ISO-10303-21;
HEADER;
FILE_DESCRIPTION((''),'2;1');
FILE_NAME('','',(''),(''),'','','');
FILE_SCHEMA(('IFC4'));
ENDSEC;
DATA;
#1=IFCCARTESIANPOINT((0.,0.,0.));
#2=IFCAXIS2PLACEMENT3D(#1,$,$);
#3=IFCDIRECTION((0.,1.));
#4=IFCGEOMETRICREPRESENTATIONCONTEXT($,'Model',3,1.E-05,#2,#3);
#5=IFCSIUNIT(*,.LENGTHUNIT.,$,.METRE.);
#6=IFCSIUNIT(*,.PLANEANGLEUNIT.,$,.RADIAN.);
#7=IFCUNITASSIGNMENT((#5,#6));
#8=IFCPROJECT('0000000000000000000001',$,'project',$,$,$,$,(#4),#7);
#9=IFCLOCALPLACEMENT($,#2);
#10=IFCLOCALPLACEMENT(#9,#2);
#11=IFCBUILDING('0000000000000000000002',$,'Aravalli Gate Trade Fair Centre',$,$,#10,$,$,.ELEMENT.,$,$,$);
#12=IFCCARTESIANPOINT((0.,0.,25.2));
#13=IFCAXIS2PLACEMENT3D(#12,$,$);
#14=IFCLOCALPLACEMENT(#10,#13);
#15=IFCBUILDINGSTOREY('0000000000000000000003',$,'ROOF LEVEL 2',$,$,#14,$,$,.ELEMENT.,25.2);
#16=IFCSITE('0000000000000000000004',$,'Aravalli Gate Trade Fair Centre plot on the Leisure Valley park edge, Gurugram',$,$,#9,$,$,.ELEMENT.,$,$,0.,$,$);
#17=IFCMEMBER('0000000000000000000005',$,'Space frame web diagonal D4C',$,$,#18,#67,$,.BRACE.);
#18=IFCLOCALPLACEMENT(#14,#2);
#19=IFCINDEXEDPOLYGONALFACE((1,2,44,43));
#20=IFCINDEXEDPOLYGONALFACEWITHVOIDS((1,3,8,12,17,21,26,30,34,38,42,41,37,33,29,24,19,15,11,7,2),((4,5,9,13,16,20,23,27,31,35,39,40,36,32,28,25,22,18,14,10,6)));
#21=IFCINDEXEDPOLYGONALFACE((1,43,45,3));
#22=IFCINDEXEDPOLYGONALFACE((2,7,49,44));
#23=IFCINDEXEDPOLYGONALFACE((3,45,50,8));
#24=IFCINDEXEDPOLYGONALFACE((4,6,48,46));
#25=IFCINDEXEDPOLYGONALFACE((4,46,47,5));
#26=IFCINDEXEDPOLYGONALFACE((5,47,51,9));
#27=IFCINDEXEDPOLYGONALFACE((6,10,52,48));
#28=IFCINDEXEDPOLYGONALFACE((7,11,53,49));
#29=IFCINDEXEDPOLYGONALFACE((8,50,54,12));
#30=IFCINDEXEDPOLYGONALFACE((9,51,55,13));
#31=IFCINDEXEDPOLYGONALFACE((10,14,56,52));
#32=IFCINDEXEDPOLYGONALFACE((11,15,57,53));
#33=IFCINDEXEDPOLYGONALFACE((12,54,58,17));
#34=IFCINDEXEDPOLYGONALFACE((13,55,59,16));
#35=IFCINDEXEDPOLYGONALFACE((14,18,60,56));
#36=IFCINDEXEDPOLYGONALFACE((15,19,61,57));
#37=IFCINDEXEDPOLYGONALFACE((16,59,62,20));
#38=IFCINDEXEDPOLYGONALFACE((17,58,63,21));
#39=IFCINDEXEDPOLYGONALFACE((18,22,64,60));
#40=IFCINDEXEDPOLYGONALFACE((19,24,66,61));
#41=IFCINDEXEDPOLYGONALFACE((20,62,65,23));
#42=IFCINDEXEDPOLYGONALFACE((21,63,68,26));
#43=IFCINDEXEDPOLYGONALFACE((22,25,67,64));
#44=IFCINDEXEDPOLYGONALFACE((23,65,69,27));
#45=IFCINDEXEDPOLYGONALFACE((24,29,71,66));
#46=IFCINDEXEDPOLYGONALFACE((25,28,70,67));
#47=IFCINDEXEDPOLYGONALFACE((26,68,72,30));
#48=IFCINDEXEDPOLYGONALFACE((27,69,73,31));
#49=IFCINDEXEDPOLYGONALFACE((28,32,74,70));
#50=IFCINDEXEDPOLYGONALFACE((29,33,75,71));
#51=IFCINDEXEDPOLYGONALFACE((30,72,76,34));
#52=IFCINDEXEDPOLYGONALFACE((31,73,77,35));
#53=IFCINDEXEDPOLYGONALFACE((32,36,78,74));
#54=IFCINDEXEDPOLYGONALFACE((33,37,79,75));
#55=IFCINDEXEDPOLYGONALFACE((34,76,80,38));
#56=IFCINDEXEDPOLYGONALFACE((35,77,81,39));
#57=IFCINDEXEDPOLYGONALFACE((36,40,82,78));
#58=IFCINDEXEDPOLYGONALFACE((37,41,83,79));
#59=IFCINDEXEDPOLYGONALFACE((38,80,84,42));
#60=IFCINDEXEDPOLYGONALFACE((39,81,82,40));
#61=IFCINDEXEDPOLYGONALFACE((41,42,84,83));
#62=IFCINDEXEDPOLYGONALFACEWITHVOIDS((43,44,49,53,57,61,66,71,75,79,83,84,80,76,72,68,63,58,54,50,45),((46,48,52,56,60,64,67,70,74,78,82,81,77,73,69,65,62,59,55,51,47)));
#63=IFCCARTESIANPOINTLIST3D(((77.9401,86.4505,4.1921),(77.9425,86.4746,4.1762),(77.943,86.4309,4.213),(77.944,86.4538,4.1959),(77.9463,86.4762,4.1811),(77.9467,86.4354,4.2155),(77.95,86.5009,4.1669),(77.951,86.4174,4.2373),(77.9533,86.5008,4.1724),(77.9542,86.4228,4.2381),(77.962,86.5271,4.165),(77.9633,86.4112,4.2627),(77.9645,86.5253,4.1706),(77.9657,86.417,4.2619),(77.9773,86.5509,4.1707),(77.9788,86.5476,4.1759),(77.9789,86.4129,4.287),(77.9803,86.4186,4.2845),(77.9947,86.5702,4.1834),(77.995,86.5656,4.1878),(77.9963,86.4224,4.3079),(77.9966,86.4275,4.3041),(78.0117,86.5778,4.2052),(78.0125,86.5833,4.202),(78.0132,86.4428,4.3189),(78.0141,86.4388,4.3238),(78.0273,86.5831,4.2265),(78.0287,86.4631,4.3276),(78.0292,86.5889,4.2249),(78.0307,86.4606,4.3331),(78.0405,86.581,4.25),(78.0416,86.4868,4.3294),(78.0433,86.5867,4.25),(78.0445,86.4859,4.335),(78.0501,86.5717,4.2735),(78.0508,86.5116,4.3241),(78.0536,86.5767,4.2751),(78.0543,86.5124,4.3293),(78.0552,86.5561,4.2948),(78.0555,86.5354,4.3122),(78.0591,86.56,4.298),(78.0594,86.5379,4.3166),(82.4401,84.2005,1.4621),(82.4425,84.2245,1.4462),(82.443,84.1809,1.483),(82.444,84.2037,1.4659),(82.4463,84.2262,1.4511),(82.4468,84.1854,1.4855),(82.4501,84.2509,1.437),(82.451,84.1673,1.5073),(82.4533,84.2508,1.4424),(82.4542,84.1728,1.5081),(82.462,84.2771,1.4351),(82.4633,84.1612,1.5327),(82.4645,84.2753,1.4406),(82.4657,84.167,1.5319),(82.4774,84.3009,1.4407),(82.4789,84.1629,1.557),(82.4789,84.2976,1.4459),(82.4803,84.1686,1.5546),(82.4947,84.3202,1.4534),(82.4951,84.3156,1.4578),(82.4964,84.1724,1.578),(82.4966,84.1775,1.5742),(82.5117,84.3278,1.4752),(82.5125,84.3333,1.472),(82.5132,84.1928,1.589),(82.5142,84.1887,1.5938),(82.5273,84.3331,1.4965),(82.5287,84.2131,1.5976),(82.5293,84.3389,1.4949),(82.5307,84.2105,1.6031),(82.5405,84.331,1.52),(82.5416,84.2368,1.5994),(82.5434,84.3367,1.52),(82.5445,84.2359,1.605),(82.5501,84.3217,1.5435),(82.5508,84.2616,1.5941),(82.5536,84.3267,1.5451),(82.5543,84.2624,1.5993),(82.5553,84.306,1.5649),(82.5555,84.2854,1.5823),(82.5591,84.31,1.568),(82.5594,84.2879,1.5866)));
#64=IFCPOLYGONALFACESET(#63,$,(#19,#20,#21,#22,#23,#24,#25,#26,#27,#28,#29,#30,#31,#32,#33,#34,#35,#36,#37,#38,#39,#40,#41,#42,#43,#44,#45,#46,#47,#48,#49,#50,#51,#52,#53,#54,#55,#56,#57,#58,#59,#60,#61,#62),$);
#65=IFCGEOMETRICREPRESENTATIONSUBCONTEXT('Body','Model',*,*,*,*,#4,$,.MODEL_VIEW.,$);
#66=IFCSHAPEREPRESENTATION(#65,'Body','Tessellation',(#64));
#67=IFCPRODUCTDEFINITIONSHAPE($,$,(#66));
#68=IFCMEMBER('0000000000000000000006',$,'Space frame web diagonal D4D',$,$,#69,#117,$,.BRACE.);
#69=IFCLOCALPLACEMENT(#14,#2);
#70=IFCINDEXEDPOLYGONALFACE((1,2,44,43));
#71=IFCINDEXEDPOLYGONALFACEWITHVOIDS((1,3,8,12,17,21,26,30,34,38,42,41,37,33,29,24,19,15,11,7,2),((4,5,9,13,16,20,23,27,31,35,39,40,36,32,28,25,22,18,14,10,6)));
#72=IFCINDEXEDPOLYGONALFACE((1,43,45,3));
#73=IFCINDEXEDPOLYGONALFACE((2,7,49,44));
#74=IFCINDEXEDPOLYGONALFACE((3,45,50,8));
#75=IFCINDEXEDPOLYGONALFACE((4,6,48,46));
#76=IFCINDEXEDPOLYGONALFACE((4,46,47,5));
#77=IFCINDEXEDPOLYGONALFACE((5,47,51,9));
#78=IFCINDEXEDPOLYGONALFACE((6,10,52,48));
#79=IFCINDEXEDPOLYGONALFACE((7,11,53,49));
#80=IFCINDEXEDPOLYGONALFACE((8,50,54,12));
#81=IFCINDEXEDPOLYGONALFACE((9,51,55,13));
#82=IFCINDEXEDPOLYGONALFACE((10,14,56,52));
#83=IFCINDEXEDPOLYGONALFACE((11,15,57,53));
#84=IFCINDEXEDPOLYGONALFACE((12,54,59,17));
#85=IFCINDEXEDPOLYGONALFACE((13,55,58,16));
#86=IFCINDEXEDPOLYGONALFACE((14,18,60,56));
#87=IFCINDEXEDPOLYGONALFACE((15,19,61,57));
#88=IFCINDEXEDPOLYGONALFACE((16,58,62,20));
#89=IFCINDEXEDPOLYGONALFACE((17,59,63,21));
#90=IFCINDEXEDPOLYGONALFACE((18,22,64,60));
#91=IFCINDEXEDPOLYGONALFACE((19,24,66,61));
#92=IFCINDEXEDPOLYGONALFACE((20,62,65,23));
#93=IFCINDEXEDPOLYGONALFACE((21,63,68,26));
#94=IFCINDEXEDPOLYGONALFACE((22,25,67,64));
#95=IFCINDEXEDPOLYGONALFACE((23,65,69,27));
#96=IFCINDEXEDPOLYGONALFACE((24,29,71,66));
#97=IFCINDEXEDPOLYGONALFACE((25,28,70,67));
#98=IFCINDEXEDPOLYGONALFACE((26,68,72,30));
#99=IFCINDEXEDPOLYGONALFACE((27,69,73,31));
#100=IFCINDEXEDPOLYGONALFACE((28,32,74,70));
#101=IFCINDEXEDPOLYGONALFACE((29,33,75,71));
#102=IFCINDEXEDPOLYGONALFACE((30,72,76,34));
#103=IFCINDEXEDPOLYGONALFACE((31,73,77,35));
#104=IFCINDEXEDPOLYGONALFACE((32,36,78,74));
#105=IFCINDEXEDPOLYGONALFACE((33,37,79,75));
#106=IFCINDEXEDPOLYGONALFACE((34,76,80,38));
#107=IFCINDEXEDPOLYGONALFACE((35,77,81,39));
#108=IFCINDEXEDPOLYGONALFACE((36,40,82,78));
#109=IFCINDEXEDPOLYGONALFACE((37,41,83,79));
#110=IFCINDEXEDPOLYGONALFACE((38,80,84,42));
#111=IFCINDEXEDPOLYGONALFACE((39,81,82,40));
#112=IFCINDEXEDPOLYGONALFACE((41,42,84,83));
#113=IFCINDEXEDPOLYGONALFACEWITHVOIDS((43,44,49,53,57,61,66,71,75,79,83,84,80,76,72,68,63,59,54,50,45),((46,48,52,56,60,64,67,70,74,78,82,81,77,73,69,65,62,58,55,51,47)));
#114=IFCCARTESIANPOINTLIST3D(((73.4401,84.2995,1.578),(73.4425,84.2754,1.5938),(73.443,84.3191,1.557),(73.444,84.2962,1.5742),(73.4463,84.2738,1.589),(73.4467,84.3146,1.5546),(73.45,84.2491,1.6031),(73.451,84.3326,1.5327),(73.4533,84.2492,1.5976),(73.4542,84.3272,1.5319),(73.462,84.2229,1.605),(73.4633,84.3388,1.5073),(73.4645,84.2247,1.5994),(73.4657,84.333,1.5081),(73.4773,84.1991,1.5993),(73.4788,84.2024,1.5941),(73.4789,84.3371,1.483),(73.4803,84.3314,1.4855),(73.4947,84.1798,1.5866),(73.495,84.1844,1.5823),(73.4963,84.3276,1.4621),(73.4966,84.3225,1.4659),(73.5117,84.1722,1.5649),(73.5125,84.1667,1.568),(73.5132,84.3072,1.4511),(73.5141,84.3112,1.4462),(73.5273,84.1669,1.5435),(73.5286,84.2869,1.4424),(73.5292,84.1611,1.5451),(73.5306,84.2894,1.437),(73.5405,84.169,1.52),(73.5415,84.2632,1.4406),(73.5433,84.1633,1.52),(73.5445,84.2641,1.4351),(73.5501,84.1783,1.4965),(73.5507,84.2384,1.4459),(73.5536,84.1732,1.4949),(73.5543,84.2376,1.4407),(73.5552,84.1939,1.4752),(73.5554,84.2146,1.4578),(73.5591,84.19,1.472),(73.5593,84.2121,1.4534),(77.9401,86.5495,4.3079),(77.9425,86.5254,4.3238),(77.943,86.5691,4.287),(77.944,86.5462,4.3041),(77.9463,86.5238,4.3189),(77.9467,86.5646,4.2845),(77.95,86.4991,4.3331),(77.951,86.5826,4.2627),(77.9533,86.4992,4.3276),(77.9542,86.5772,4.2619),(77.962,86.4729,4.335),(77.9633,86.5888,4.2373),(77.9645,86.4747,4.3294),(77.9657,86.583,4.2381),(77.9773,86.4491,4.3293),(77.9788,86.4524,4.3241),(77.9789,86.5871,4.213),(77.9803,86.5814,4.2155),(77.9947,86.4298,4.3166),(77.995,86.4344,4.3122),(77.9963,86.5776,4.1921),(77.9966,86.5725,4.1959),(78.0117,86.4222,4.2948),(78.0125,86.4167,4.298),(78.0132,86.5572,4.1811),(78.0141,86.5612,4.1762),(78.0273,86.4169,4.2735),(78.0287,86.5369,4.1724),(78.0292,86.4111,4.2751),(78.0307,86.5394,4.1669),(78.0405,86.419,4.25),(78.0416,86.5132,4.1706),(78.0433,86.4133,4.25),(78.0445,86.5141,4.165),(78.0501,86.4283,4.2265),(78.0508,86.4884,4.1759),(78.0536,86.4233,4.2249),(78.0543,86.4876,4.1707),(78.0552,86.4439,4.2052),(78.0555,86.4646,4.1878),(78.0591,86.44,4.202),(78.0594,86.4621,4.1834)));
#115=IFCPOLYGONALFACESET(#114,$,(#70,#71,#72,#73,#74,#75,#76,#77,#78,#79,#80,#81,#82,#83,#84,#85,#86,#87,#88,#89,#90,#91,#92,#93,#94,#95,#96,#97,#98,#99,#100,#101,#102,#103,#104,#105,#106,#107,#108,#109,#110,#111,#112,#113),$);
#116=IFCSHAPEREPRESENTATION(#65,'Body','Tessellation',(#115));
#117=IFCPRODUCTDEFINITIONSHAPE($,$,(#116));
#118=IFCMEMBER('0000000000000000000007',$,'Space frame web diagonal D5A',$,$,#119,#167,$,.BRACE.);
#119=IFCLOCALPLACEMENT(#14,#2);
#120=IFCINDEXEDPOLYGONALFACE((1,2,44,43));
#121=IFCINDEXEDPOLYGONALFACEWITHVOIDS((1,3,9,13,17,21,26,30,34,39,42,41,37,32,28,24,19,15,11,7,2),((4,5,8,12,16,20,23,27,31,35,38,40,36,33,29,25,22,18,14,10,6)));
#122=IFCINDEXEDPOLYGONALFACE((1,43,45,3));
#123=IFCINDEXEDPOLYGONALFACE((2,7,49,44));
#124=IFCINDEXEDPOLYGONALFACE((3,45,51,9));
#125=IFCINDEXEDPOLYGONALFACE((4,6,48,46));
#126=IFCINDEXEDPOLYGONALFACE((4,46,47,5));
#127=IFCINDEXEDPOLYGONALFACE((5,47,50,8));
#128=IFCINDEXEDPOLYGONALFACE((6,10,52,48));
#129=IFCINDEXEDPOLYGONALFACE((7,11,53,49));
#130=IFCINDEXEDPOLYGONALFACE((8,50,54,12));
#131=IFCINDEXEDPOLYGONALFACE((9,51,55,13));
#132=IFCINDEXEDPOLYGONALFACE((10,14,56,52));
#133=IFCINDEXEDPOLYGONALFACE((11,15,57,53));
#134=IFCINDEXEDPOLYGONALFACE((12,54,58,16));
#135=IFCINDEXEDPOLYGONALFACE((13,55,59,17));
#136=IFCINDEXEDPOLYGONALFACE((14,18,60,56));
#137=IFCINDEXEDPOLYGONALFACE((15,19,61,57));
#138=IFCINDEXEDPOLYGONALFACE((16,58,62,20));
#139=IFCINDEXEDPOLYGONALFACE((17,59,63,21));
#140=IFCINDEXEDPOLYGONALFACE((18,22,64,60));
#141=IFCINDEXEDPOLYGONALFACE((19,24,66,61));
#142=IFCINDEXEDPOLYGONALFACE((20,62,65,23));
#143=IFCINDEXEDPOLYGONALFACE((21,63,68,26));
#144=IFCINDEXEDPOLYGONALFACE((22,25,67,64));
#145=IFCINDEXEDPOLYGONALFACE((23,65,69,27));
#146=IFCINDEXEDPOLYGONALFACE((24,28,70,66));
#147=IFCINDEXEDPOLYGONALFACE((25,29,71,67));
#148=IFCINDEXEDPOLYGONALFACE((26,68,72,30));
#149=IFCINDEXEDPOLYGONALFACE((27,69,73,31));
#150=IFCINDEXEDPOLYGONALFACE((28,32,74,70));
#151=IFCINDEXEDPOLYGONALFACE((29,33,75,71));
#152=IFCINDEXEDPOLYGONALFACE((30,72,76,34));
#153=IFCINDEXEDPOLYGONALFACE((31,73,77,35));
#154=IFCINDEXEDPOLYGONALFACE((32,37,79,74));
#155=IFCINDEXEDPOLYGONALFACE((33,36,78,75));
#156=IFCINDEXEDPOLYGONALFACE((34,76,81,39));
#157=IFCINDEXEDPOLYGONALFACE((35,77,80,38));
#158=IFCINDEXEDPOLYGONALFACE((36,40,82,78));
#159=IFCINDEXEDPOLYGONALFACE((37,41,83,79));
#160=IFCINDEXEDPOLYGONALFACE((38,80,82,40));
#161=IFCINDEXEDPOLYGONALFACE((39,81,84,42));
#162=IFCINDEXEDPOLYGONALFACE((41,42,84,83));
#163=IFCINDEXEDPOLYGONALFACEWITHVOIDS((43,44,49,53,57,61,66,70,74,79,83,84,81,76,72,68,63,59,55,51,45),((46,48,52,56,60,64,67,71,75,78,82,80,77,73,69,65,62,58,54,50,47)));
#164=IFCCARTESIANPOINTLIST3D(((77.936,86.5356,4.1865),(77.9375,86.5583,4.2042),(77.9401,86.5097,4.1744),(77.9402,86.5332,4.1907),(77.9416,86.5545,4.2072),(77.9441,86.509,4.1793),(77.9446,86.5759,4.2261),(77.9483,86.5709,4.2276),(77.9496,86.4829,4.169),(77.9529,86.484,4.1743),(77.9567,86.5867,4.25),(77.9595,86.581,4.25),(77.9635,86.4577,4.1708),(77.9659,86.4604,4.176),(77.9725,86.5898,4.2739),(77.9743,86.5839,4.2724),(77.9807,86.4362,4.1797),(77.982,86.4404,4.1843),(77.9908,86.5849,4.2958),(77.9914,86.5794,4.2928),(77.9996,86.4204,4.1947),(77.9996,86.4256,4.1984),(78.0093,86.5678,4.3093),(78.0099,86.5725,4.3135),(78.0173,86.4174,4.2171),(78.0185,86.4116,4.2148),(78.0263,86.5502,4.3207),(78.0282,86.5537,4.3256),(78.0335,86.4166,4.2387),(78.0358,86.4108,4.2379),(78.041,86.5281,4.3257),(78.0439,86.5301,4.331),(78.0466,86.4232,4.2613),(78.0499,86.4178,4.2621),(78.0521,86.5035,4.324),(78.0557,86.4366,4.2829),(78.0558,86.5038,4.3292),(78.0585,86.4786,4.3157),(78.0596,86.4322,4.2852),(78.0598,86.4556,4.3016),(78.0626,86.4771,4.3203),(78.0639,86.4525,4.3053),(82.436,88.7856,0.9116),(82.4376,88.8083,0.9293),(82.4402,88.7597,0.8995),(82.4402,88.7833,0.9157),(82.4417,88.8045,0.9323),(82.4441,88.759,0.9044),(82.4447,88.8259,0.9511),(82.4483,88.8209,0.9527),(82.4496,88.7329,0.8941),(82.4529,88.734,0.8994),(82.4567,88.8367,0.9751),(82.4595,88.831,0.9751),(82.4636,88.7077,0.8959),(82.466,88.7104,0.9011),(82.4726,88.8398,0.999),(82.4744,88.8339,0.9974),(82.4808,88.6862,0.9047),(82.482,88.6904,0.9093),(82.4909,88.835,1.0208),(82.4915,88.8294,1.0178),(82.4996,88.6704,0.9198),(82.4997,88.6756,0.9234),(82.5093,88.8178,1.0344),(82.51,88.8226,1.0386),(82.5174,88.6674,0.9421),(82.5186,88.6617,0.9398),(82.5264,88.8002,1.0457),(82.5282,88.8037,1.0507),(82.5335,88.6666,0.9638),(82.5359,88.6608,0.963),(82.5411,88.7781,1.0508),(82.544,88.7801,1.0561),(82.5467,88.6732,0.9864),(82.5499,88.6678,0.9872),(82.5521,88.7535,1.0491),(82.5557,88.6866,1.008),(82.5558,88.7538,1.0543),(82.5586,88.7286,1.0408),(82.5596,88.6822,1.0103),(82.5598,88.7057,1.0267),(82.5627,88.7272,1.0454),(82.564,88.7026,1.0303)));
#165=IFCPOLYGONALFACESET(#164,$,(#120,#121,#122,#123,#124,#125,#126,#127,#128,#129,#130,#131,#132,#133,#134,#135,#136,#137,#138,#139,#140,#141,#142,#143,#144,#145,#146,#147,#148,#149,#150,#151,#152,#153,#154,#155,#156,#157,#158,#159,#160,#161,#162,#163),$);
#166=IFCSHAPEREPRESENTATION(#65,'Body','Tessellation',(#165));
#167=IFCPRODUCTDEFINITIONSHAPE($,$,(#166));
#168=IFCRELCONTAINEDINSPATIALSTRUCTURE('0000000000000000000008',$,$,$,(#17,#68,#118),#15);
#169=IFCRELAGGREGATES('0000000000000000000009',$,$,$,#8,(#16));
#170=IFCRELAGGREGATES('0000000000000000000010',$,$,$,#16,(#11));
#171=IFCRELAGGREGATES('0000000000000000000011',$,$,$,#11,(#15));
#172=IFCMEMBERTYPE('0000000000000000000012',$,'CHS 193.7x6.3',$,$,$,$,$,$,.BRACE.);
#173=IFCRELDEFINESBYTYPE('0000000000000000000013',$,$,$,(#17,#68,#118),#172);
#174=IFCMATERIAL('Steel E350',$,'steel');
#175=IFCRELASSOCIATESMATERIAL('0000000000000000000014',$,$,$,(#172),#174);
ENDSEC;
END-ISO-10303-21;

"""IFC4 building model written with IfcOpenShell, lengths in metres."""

from ifc_helpers import new_model, si_unit, direction, frame, origin, origin_2d, place, context, subcontext, project, spatial, hollow_circle, extrude, material, material_profile, profile_set, type_object, element, save


model = new_model("IFC4")

# Units and contexts
model_context = context("Model", 3, precision=1e-05, world=origin(), true_north=direction((0.0, 1.0)))
body_context = subcontext(model_context, "Body", "Model", "MODEL_VIEW")
ifc_project = project(units=[si_unit("LENGTHUNIT", "METRE"), si_unit("PLANEANGLEUNIT", "RADIAN")], contexts=[model_context])

# Site, building, storey
site_placement = place(None, origin())
site = spatial("IfcSite", under=ifc_project, at=site_placement, Name="Aravalli Gate Trade Fair Centre plot on the Leisure Valley park edge, Gurugram", CompositionType="ELEMENT", RefElevation=0.0)
building_placement = place(site_placement, origin())
building = spatial("IfcBuilding", under=site, at=building_placement, Name="Aravalli Gate Trade Fair Centre", CompositionType="ELEMENT")
storey_placement = place(building_placement, frame((0.0, 0.0, 25.2)))
storey = spatial("IfcBuildingStorey", under=building, at=storey_placement, Name="ROOF LEVEL 2", CompositionType="ELEMENT", Elevation=25.2)

# Members
ifc_material_1 = material(Name="Steel E350", Category="steel")
ifc_material_profile_1 = material_profile(ifc_material_1, hollow_circle(Radius=0.0969, WallThickness=0.0063, at=origin_2d()), Name="CHS 193.7x6.3")
ifc_profile_set_1 = profile_set([ifc_material_profile_1], Name="Steel E350")
member_type_1 = type_object("IfcMemberType", Name="CHS 193.7x6.3", PredefinedType="BRACE", material=ifc_profile_set_1)
for number, where, z_axis, x_axis, name in (
    (1, (78.0, 86.5, 4.25), (0.78615, -0.393075, -0.476928), (0.447214, 0.894427, 0.0), "Space frame web diagonal D4C"),
    (2, (78.0, 86.5, 4.25), (-0.78615, -0.393075, -0.476928), (0.447214, -0.894427, 0.0), "Space frame web diagonal D4D"),
):
    element("IfcMember", number, at=place(storey_placement, frame(where, z_axis=z_axis, x_axis=x_axis)), inside=storey, type_object=member_type_1, Name=name, PredefinedType="BRACE", context=body_context, shape_type="SweptSolid", body=[
        extrude(hollow_circle(Radius=0.0969, WallThickness=0.0063, at=origin_2d()), origin(), (0.0, 0.0, 1.0), 5.7241),
    ])
for number, where, z_axis, x_axis, name in (
    (3, (78.0, 86.5, 4.25), (0.74961, 0.374805, -0.545533), (-0.447214, 0.894427, 0.0), "Space frame web diagonal D5A"),
):
    element("IfcMember", number, at=place(storey_placement, frame(where, z_axis=z_axis, x_axis=x_axis)), inside=storey, type_object=member_type_1, Name=name, PredefinedType="BRACE", context=body_context, shape_type="SweptSolid", body=[
        extrude(hollow_circle(Radius=0.0969, WallThickness=0.0063, at=origin_2d()), origin(), (0.0, 0.0, 1.0), 6.0032),
    ])

save(model, "model.ifc")
